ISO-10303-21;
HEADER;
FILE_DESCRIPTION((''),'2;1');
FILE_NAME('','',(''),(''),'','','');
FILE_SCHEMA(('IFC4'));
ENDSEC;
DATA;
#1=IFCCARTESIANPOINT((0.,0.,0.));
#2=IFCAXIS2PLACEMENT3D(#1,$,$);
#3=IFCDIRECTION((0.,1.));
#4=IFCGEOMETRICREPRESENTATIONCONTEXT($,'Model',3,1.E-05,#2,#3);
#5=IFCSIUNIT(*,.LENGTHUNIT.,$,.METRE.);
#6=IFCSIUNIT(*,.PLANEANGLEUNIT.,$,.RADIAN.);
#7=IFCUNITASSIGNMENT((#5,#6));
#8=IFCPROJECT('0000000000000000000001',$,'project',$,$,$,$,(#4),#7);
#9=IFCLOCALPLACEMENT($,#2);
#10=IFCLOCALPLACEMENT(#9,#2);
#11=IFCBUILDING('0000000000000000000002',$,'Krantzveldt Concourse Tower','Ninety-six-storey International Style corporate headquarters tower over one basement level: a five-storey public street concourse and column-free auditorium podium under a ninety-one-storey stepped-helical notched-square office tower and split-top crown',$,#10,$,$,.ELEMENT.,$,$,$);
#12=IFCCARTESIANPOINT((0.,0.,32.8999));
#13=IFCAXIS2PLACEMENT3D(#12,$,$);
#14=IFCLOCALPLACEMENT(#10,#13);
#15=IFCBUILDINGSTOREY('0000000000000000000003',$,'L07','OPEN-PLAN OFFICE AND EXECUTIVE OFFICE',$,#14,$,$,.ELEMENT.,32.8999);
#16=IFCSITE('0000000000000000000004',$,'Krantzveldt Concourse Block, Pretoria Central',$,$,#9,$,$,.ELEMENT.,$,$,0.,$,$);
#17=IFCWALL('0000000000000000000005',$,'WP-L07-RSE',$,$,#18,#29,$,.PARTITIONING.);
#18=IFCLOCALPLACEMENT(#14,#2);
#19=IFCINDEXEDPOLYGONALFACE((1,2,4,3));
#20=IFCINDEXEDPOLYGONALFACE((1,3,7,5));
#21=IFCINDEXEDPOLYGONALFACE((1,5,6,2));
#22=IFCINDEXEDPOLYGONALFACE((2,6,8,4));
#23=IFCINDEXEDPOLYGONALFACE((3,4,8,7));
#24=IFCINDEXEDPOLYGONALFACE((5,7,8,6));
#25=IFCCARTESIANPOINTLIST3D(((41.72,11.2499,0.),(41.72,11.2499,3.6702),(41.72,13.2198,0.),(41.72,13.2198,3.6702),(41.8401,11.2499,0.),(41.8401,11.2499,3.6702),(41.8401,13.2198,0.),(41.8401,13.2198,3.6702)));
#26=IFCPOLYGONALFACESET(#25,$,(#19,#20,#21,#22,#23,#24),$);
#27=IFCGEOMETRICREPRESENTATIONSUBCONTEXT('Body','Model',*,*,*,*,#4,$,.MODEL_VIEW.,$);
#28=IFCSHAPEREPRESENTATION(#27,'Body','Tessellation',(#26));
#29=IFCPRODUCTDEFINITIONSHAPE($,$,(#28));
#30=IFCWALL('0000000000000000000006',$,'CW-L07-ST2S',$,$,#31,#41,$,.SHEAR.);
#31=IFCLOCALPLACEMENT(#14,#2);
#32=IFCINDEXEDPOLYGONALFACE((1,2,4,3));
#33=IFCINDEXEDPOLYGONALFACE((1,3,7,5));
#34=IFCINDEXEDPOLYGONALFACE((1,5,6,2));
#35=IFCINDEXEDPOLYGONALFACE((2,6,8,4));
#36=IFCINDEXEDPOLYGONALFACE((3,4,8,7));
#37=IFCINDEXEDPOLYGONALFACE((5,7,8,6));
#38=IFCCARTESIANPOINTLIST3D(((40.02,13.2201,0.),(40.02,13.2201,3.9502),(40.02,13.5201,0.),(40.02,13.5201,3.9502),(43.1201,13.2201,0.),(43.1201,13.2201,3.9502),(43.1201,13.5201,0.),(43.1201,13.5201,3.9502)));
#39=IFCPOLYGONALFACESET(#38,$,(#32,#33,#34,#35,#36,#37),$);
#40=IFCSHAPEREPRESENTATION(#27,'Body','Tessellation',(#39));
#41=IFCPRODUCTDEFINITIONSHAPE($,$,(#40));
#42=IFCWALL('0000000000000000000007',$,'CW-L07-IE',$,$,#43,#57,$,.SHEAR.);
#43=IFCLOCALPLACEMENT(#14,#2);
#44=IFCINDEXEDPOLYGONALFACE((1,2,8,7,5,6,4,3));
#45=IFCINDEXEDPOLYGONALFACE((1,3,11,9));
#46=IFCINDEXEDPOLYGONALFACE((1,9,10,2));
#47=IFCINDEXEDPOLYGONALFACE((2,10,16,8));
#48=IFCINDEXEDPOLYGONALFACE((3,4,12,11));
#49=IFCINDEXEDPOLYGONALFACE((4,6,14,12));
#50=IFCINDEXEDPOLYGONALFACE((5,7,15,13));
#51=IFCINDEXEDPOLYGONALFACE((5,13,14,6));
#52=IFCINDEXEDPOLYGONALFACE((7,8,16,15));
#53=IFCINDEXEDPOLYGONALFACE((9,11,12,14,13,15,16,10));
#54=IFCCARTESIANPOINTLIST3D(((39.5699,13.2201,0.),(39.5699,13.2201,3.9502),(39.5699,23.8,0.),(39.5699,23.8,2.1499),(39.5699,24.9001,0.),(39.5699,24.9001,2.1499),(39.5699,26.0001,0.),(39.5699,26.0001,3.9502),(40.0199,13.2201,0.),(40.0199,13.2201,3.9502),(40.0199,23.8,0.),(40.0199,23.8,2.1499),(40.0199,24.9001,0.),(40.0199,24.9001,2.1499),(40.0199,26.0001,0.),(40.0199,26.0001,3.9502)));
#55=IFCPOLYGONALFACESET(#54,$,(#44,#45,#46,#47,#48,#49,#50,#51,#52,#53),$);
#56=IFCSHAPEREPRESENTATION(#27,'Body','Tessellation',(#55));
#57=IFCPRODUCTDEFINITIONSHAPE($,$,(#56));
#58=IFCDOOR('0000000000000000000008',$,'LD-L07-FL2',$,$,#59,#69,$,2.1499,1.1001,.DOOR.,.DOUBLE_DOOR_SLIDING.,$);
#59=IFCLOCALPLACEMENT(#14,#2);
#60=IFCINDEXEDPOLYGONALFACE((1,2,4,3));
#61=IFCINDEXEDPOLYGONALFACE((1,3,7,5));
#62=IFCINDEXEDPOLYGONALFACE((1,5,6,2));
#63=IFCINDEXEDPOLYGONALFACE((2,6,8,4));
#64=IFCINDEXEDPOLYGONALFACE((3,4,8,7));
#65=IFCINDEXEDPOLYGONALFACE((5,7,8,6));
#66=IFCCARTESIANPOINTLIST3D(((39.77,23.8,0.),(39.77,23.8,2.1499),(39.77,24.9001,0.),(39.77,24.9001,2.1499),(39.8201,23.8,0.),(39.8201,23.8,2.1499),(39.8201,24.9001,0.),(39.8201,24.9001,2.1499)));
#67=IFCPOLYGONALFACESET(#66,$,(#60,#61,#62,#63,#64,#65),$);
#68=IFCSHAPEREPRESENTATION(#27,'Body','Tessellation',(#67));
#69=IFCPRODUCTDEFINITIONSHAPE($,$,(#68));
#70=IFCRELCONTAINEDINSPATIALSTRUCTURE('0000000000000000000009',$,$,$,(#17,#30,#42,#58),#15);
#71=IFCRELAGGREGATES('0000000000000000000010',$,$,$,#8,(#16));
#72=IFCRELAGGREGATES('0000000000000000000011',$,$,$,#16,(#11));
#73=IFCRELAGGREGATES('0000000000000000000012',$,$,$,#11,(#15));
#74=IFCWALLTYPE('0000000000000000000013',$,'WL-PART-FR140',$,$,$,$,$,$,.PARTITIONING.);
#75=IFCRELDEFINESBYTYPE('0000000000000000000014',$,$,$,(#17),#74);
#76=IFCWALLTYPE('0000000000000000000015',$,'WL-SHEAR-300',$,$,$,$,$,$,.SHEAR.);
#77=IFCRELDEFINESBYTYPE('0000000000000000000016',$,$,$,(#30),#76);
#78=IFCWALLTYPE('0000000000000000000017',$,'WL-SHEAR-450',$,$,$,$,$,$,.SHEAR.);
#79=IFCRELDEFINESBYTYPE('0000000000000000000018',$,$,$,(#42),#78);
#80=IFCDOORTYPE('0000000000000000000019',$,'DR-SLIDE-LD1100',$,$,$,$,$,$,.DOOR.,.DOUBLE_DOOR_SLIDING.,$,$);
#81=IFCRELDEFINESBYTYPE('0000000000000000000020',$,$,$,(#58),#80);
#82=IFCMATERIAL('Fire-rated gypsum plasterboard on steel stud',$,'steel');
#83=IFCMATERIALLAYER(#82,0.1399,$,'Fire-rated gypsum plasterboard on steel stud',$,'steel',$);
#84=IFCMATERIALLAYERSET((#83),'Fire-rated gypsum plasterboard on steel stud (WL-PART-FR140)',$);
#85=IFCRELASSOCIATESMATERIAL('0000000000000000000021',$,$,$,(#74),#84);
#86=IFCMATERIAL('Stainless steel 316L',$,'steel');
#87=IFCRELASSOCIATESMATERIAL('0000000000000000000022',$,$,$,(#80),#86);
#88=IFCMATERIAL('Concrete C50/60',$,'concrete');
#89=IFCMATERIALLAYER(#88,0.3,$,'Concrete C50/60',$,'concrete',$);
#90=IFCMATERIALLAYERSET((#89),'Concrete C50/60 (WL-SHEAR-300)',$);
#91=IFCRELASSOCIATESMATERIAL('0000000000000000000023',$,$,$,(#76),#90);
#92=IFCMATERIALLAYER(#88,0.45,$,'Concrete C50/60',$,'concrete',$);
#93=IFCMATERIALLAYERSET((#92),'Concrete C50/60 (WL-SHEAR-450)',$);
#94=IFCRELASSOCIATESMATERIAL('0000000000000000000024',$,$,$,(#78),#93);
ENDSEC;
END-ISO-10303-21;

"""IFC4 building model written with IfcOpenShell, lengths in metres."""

from ifc_helpers import new_model, si_unit, direction, frame, frame_2d, origin, place, context, subcontext, project, spatial, rectangle, extrude, material, layer, layer_set, type_object, element, fill, save


model = new_model("IFC4")

# Units and contexts
model_context = context("Model", 3, precision=1e-05, world=origin(), true_north=direction((0.0, 1.0)))
body_context = subcontext(model_context, "Body", "Model", "MODEL_VIEW")
ifc_project = project(units=[si_unit("LENGTHUNIT", "METRE"), si_unit("PLANEANGLEUNIT", "RADIAN")], contexts=[model_context])

# Site, building, storey
site_placement = place(None, origin())
site = spatial("IfcSite", under=ifc_project, at=site_placement, Name="Krantzveldt Concourse Block, Pretoria Central", CompositionType="ELEMENT", RefElevation=0.0)
building_placement = place(site_placement, origin())
building = spatial("IfcBuilding", under=site, at=building_placement, Name="Krantzveldt Concourse Tower", Description="Ninety-six-storey International Style corporate headquarters tower over one basement level: a five-storey public street concourse and column-free auditorium podium under a ninety-one-storey stepped-helical notched-square office tower and split-top crown", CompositionType="ELEMENT")
storey_placement = place(building_placement, frame((0.0, 0.0, 32.8999)))
storey = spatial("IfcBuildingStorey", under=building, at=storey_placement, Name="L07", Description="OPEN-PLAN OFFICE AND EXECUTIVE OFFICE", CompositionType="ELEMENT", Elevation=32.8999)

# Shared definitions
ifc_material_1 = material(Name="Fire-rated gypsum plasterboard on steel stud", Category="steel")

# Shared definitions
ifc_layer_1 = layer(ifc_material_1, 0.1399, Name="Fire-rated gypsum plasterboard on steel stud", Category="steel")
ifc_layer_set_1 = layer_set([ifc_layer_1], Name="Fire-rated gypsum plasterboard on steel stud (WL-PART-FR140)")
wall_type_1 = type_object("IfcWallType", Name="WL-PART-FR140", PredefinedType="PARTITIONING", material=ifc_layer_set_1)
ifc_material_2 = material(Name="Stainless steel 316L", Category="steel")
door_type_1 = type_object("IfcDoorType", Name="DR-SLIDE-LD1100", OperationType="DOUBLE_DOOR_SLIDING", PredefinedType="DOOR", material=ifc_material_2)

# Walls
wall_1_placement = place(storey_placement, frame((41.78, 11.25, 0.0), z_axis=(0.0, 0.0, 1.0), x_axis=(0.0, 1.0, 0.0)))
element("IfcWall", 1, at=wall_1_placement, inside=storey, type_object=wall_type_1, Name="WP-L07-RSE", PredefinedType="PARTITIONING", context=body_context, shape_type="SweptSolid", body=[
    extrude(rectangle(XDim=1.97, YDim=0.1201, at=frame_2d((0.9849, 0.0))), origin(), (0.0, 0.0, 1.0), 3.6702),
])
ifc_material_3 = material(Name="Concrete C50/60", Category="concrete")
ifc_layer_2 = layer(ifc_material_3, 0.3, Name="Concrete C50/60", Category="concrete")
ifc_layer_set_2 = layer_set([ifc_layer_2], Name="Concrete C50/60 (WL-SHEAR-300)")
wall_type_2 = type_object("IfcWallType", Name="WL-SHEAR-300", PredefinedType="SHEAR", material=ifc_layer_set_2)
wall_2_placement = place(storey_placement, frame((40.02, 13.3701, 0.0), z_axis=(0.0, 0.0, 1.0), x_axis=(1.0, 0.0, 0.0)))
element("IfcWall", 2, at=wall_2_placement, inside=storey, type_object=wall_type_2, Name="CW-L07-ST2S", PredefinedType="SHEAR", context=body_context, shape_type="SweptSolid", body=[
    extrude(rectangle(XDim=3.1001, YDim=0.3, at=frame_2d((1.55, 0.0))), origin(), (0.0, 0.0, 1.0), 3.9502),
])

# Wall, opening, door
ifc_layer_3 = layer(ifc_material_3, 0.45, Name="Concrete C50/60", Category="concrete")
ifc_layer_set_3 = layer_set([ifc_layer_3], Name="Concrete C50/60 (WL-SHEAR-450)")
wall_type_3 = type_object("IfcWallType", Name="WL-SHEAR-450", PredefinedType="SHEAR", material=ifc_layer_set_3)
wall_3_placement = place(storey_placement, frame((39.7949, 13.22, 0.0), z_axis=(0.0, 0.0, 1.0), x_axis=(0.0, 1.0, 0.0)))
wall_3 = element("IfcWall", 3, at=wall_3_placement, inside=storey, type_object=wall_type_3, Name="CW-L07-IE", PredefinedType="SHEAR", context=body_context, shape_type="SweptSolid", body=[
    extrude(rectangle(XDim=12.78, YDim=0.45, at=frame_2d((6.3901, 0.0))), origin(), (0.0, 0.0, 1.0), 3.9502),
])
opening_1_placement = place(wall_3_placement, frame((10.5801, 0.0, 0.0)))
opening_1 = element("IfcOpeningElement", 4, at=opening_1_placement, cuts=wall_3, PredefinedType="OPENING", context=body_context, shape_type="SweptSolid", body=[
    extrude(rectangle(XDim=1.1001, YDim=2.1499, at=frame_2d((0.55, 1.075))), frame((0.0, 0.2349, 0.0), z_axis=(0.0, -1.0, 0.0), x_axis=(1.0, 0.0, 0.0)), (0.0, 0.0, 1.0), 0.47),
])
door_1_placement = place(opening_1_placement, origin())
door_1 = element("IfcDoor", 5, at=door_1_placement, inside=storey, type_object=door_type_1, Name="LD-L07-FL2", OperationType="DOUBLE_DOOR_SLIDING", OverallHeight=2.1499, OverallWidth=1.1001, PredefinedType="DOOR", context=body_context, shape_type="SweptSolid", body=[
    extrude(rectangle(XDim=1.1001, YDim=2.1499, at=frame_2d((0.55, 1.075))), frame((0.0, 0.0249, 0.0), z_axis=(0.0, -1.0, 0.0), x_axis=(1.0, 0.0, 0.0)), (0.0, 0.0, 1.0), 0.05),
])
fill(opening_1, door_1)

save(model, "model.ifc")
